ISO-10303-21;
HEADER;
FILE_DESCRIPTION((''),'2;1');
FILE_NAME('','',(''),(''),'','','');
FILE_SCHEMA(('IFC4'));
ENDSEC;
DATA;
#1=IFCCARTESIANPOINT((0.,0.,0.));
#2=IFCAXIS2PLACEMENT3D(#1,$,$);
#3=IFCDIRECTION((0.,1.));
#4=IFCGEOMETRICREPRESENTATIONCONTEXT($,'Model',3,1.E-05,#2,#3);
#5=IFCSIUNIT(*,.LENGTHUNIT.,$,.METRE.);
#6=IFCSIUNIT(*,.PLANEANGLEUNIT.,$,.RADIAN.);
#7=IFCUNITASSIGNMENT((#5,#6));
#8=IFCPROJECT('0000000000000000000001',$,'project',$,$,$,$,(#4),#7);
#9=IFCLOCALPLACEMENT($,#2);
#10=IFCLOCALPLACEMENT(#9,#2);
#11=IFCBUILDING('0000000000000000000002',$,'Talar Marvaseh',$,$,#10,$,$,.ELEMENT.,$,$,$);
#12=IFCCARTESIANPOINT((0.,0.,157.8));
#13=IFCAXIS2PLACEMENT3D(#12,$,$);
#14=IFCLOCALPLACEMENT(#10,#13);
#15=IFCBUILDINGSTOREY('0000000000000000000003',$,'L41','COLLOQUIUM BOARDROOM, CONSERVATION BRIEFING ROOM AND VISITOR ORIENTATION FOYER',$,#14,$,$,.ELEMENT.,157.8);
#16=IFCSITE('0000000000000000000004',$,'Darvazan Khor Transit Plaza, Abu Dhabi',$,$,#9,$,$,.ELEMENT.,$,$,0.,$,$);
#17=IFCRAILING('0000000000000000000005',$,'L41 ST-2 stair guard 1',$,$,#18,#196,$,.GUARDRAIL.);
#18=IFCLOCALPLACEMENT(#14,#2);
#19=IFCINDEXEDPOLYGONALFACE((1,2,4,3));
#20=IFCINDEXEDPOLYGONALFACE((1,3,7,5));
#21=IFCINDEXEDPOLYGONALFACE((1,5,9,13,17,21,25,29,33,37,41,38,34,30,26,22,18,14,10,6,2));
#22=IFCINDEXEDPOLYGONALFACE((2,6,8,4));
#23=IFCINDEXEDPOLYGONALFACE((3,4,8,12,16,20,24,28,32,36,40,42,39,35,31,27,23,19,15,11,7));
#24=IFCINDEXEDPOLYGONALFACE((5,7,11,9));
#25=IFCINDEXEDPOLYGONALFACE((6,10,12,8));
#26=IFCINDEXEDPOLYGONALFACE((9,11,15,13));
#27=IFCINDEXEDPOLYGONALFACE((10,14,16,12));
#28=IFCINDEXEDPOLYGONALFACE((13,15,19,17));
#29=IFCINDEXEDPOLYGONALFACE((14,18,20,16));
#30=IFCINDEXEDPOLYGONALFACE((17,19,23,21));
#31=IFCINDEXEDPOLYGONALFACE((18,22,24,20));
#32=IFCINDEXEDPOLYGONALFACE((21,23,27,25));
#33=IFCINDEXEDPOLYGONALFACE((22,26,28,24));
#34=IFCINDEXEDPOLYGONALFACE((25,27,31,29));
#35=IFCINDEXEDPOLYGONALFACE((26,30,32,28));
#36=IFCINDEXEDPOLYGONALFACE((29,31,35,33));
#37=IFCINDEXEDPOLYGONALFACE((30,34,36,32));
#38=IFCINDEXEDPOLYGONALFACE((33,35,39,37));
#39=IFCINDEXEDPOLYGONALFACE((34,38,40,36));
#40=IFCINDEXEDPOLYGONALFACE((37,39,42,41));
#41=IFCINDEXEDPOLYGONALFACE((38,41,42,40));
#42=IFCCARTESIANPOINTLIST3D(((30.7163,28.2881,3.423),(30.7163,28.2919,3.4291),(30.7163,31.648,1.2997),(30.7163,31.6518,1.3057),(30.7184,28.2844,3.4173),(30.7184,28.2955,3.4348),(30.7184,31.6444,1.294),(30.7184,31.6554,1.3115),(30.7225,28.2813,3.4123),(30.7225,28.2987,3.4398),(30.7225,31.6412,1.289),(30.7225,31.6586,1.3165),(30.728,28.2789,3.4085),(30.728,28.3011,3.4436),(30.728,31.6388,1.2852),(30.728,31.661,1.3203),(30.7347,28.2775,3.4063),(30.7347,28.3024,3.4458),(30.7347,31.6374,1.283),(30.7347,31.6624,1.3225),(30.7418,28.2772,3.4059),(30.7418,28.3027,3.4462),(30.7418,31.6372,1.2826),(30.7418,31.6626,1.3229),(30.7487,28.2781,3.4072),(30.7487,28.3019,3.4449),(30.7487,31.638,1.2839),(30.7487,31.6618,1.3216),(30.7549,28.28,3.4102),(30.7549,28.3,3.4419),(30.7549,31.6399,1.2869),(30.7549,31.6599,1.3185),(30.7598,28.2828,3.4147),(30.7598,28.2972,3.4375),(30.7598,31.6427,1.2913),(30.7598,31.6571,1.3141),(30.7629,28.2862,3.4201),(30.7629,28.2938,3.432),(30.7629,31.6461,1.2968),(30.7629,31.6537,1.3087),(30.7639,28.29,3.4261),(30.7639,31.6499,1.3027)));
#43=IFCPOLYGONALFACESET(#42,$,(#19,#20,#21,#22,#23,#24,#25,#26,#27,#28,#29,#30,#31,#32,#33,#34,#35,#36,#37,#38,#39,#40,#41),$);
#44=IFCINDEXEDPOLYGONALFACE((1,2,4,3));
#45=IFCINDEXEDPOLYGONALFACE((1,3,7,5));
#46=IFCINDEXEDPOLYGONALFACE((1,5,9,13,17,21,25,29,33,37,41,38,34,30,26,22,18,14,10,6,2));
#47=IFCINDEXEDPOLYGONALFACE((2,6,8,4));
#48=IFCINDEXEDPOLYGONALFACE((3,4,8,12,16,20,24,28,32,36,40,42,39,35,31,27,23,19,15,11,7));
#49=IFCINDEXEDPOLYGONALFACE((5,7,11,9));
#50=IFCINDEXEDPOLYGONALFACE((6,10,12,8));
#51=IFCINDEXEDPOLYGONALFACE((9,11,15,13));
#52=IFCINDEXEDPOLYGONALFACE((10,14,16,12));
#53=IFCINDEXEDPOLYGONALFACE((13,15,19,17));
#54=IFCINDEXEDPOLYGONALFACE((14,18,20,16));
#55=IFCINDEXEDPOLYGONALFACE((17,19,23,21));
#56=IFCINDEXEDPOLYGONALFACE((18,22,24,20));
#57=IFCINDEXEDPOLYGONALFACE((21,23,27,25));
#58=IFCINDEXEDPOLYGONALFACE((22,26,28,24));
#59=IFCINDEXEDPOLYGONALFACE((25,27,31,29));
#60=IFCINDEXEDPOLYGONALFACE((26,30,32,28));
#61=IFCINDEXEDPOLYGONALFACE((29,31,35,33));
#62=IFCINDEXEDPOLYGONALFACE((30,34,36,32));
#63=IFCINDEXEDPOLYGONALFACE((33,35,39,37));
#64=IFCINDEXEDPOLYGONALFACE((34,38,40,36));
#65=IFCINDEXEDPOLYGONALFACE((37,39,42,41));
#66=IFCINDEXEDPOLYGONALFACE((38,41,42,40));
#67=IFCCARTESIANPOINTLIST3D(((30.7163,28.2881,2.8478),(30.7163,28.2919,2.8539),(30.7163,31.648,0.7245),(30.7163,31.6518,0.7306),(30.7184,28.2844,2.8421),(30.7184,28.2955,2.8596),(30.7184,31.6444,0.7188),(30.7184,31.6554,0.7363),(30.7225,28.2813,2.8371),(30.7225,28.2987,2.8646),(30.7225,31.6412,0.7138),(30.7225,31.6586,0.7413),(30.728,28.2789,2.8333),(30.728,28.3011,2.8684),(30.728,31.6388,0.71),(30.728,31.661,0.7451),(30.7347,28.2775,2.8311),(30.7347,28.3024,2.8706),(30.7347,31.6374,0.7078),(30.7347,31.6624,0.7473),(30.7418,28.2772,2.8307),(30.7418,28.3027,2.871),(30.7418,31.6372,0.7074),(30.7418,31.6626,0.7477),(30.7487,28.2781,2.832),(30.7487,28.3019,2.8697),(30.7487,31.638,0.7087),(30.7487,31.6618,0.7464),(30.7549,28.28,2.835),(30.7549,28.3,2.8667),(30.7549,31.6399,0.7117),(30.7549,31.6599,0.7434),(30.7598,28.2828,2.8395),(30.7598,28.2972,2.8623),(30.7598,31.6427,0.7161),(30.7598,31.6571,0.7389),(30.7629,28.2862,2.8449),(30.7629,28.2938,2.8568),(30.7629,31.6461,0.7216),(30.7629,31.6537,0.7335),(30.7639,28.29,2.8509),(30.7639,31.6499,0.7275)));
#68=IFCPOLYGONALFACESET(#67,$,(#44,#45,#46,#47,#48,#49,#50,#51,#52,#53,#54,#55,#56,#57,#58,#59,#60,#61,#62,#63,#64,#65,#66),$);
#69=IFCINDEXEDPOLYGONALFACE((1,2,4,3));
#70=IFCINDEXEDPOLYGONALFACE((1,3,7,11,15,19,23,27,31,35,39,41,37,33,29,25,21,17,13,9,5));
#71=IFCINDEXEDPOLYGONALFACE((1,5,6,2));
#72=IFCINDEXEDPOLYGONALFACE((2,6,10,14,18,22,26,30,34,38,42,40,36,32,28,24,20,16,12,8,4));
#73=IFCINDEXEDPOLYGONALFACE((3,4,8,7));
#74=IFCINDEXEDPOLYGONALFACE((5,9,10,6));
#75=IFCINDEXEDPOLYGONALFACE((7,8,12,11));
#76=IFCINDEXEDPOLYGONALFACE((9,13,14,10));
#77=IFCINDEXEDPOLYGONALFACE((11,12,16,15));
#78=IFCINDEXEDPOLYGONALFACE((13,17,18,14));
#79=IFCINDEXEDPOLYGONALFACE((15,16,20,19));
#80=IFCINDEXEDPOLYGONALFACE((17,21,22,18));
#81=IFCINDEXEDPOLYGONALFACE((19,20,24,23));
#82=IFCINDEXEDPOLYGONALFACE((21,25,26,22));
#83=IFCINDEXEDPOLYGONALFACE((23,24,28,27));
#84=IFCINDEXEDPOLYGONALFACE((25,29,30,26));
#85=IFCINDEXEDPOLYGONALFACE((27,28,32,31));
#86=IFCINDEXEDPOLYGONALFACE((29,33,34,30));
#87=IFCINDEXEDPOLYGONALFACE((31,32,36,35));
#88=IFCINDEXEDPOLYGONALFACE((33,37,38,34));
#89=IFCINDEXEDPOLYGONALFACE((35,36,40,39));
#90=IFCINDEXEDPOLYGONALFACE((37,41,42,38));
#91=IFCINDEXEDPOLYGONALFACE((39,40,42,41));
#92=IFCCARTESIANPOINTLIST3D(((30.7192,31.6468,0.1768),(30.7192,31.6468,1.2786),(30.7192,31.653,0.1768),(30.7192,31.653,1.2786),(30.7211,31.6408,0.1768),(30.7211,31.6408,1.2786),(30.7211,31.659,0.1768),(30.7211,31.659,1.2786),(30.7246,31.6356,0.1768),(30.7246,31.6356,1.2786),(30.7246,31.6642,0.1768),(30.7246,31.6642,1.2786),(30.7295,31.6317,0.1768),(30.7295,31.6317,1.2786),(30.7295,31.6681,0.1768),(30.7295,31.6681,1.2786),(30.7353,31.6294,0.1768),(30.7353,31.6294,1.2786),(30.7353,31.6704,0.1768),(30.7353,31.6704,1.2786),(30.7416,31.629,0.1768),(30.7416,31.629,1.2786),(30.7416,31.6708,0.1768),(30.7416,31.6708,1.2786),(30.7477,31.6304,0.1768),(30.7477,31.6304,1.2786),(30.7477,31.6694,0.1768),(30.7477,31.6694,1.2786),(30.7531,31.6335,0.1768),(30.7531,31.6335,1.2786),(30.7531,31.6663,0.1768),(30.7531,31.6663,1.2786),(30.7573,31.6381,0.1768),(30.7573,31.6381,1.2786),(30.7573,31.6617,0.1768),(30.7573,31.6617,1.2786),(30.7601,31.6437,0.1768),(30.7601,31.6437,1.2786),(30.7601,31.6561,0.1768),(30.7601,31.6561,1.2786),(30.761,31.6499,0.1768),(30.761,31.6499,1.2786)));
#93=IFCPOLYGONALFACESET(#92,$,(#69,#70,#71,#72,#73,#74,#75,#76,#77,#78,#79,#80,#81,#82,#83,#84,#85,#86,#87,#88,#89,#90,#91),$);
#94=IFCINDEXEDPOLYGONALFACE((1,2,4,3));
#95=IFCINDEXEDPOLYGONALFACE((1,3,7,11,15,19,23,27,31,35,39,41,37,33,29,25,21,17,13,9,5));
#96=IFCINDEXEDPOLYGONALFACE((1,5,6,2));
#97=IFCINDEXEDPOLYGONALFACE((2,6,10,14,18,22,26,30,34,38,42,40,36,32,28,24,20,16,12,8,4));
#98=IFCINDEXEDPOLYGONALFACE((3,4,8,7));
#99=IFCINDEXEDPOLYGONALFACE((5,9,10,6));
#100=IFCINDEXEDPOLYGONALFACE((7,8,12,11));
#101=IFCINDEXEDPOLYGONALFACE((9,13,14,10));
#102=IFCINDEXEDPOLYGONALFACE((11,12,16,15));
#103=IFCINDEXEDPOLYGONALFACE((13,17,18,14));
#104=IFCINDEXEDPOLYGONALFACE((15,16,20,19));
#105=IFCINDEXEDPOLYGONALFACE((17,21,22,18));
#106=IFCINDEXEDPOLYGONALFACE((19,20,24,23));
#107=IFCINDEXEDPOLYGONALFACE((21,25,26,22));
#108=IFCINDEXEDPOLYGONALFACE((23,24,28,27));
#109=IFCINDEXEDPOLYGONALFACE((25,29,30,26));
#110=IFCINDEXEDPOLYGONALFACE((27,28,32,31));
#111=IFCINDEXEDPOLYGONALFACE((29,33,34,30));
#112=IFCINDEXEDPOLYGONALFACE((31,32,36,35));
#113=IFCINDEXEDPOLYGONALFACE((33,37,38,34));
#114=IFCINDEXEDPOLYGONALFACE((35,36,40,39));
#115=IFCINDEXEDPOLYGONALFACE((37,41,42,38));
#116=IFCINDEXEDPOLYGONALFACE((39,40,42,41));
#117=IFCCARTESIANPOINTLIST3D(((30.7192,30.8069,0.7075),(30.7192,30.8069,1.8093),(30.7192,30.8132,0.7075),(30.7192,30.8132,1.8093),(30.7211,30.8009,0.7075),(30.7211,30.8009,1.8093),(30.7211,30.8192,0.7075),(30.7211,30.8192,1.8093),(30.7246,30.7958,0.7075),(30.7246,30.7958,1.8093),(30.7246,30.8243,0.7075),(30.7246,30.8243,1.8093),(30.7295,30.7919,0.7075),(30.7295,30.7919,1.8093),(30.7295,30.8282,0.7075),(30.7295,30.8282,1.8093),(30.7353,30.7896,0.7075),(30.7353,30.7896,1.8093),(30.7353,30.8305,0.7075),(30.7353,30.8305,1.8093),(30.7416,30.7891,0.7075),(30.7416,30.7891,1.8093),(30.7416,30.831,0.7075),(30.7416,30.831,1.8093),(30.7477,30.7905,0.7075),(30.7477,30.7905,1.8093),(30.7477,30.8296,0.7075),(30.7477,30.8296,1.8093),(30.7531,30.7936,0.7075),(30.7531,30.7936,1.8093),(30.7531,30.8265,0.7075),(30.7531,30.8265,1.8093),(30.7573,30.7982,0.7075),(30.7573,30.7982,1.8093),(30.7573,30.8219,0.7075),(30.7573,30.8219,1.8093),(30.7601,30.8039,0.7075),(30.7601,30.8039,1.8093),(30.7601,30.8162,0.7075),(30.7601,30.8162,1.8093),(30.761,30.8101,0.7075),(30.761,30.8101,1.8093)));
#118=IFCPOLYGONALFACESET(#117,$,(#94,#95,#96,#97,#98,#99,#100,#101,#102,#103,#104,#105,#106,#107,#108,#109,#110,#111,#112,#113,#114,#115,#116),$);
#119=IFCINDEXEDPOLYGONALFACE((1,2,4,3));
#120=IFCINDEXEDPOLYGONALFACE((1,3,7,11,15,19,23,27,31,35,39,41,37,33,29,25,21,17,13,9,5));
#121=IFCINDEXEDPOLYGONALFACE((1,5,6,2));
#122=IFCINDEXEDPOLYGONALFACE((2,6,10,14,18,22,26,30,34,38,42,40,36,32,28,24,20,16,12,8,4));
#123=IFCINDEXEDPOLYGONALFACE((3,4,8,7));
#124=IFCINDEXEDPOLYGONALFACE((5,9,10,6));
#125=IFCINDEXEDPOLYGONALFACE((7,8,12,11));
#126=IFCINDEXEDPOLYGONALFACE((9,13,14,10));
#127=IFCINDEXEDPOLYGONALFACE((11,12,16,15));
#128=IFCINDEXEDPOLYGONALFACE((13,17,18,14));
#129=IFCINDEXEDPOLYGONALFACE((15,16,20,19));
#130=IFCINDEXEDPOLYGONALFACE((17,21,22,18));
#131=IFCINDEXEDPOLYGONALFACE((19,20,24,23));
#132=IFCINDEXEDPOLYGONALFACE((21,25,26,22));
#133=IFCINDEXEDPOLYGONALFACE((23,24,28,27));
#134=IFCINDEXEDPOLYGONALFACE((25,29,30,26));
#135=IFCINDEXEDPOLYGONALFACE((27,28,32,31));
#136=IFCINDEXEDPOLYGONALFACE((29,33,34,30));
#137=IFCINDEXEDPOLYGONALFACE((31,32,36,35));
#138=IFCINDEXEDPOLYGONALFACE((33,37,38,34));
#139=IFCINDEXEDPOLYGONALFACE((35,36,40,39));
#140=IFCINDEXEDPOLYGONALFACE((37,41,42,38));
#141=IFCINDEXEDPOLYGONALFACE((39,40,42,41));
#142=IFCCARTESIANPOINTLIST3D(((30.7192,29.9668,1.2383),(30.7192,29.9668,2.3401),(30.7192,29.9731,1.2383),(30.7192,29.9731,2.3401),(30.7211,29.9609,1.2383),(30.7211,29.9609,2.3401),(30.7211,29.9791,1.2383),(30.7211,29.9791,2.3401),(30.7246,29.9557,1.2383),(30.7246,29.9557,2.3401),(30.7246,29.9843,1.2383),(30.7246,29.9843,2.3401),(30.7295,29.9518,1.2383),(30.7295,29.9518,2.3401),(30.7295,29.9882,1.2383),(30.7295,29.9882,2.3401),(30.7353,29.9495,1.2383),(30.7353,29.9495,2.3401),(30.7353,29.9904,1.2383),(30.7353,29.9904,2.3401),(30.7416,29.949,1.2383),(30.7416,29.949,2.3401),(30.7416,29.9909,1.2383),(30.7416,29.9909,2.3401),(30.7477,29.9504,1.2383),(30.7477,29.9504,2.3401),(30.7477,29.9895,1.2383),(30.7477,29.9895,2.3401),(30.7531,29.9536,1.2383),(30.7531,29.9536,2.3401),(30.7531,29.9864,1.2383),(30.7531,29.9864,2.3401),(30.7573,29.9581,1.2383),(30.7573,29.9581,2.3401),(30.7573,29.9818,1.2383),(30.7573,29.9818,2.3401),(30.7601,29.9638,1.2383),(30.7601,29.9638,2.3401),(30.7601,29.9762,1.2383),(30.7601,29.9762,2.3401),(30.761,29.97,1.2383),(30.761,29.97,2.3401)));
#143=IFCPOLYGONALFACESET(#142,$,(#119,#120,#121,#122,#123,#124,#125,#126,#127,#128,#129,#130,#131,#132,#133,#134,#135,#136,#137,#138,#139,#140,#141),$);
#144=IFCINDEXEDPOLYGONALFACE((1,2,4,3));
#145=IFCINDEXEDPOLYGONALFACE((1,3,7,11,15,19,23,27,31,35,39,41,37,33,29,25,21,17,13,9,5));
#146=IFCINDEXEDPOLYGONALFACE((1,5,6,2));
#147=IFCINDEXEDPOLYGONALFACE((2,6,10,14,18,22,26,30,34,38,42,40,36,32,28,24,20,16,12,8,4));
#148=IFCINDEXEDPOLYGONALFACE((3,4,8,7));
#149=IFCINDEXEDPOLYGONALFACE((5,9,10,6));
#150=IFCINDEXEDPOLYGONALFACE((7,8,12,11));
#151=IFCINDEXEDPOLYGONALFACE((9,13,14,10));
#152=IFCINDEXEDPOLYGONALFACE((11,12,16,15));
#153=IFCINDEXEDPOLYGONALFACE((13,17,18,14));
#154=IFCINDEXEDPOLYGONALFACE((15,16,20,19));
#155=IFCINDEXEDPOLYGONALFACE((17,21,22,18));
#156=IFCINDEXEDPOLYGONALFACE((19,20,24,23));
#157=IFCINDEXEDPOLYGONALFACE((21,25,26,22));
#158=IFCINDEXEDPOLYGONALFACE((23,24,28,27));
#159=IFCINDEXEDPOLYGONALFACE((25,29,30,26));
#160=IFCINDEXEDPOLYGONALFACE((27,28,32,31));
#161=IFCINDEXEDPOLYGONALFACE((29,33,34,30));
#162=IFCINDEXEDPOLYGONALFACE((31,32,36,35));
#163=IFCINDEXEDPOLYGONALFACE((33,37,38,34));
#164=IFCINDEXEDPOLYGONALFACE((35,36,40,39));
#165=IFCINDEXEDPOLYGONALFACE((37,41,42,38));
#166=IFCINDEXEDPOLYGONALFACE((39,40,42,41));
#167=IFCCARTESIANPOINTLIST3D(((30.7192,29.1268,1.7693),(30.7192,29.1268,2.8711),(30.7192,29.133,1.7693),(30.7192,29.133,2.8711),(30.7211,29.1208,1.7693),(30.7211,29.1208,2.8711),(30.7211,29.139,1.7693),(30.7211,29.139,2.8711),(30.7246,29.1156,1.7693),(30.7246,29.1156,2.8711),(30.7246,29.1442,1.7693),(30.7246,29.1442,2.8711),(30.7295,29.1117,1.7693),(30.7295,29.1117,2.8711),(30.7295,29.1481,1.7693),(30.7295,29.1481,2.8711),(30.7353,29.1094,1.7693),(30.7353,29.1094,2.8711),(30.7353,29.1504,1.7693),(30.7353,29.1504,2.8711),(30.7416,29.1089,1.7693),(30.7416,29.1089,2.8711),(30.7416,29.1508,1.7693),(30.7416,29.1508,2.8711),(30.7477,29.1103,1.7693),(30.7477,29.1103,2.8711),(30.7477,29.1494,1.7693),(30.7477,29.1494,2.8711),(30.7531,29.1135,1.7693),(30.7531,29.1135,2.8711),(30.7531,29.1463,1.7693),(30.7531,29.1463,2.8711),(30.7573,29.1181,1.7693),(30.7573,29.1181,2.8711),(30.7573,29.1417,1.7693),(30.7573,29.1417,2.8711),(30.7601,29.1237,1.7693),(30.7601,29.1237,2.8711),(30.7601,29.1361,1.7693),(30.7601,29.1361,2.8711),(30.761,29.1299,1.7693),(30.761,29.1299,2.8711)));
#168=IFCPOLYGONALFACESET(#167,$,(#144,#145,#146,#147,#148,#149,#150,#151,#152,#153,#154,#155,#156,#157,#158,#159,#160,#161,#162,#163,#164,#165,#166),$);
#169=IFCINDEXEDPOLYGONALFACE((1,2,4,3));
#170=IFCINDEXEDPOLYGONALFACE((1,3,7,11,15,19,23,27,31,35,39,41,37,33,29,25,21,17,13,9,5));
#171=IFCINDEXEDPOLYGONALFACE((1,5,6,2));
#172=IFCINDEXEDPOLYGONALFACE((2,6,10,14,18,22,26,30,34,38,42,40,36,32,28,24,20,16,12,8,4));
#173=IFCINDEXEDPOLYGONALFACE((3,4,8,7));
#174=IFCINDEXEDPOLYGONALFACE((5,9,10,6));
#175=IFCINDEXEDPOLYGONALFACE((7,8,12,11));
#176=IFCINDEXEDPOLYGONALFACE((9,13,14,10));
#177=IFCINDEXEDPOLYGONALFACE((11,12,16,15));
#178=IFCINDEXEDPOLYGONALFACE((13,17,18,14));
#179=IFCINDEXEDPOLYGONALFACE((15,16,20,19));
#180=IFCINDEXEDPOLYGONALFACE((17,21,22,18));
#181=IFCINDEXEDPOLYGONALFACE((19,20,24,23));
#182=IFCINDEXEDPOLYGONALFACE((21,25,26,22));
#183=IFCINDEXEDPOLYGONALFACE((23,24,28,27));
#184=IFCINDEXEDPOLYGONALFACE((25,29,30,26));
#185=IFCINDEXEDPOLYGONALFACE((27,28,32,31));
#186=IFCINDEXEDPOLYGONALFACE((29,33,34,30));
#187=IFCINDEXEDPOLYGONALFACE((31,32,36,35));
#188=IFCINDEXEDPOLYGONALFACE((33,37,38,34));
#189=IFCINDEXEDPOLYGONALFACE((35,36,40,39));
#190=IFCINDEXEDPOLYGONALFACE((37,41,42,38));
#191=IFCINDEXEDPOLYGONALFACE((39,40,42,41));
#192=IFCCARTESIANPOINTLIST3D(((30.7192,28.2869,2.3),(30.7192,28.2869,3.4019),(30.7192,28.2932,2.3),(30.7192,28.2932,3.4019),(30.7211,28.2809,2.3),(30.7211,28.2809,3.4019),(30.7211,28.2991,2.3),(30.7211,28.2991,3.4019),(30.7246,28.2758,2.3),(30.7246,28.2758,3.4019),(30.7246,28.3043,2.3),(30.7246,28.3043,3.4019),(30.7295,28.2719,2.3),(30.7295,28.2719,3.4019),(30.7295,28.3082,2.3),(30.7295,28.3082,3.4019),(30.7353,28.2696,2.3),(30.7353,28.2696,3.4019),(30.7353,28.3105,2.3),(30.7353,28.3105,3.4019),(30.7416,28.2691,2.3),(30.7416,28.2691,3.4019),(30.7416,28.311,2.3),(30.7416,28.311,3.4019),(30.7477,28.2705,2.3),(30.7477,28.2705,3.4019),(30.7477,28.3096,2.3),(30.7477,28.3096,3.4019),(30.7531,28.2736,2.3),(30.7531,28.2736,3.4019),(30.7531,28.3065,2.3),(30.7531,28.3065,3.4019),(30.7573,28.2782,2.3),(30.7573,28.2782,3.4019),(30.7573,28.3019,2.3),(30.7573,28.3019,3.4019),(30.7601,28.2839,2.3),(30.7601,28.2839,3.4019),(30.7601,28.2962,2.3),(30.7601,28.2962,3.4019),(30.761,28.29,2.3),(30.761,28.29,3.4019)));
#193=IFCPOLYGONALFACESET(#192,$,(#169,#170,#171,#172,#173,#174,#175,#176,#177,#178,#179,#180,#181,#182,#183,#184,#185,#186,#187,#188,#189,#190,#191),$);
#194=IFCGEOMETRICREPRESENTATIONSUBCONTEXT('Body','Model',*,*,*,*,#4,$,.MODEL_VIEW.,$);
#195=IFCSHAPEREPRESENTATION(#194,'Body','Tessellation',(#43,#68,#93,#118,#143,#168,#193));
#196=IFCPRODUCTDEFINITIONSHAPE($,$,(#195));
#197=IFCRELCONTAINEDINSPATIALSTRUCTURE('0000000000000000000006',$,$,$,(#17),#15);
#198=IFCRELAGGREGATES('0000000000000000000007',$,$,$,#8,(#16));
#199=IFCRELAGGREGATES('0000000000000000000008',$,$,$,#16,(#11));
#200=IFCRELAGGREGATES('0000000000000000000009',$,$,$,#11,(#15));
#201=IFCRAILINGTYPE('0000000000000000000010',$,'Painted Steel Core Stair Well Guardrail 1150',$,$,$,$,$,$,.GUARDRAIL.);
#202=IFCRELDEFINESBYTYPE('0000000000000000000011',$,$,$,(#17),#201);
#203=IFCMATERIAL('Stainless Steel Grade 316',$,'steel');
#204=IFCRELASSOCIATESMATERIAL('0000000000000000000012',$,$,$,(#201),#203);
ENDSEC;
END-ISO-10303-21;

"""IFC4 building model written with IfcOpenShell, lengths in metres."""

from ifc_helpers import new_model, si_unit, direction, frame, origin, origin_2d, place, context, subcontext, project, spatial, circle, extrude, material, type_object, element, save


model = new_model("IFC4")

# Units and contexts
model_context = context("Model", 3, precision=1e-05, world=origin(), true_north=direction((0.0, 1.0)))
body_context = subcontext(model_context, "Body", "Model", "MODEL_VIEW")
ifc_project = project(units=[si_unit("LENGTHUNIT", "METRE"), si_unit("PLANEANGLEUNIT", "RADIAN")], contexts=[model_context])

# Site, building, storey
site_placement = place(None, origin())
site = spatial("IfcSite", under=ifc_project, at=site_placement, Name="Darvazan Khor Transit Plaza, Abu Dhabi", CompositionType="ELEMENT", RefElevation=0.0)
building_placement = place(site_placement, origin())
building = spatial("IfcBuilding", under=site, at=building_placement, Name="Talar Marvaseh", CompositionType="ELEMENT")
storey_placement = place(building_placement, frame((0.0, 0.0, 157.8)))
storey = spatial("IfcBuildingStorey", under=building, at=storey_placement, Name="L41", Description="COLLOQUIUM BOARDROOM, CONSERVATION BRIEFING ROOM AND VISITOR ORIENTATION FOYER", CompositionType="ELEMENT", Elevation=157.8)

# Railing
ifc_material_1 = material(Name="Stainless Steel Grade 316", Category="steel")
railing_type_1 = type_object("IfcRailingType", Name="Painted Steel Core Stair Well Guardrail 1150", PredefinedType="GUARDRAIL", material=ifc_material_1)
railing_1_placement = place(storey_placement, frame((30.74, 31.6499, 0.1768)))
element("IfcRailing", 1, at=railing_1_placement, inside=storey, type_object=railing_type_1, Name="L41 ST-2 stair guard 1", PredefinedType="GUARDRAIL", context=body_context, shape_type="SweptSolid", body=[
    extrude(circle(Radius=0.0239, at=origin_2d()), frame((0.0, 0.0, 1.126), z_axis=(0.0, -0.845344, 0.534222), x_axis=(1.0, 0.0, 0.0)), (0.0, 0.0, 1.0), 3.9746),
    extrude(circle(Radius=0.0239, at=origin_2d()), frame((0.0, 0.0, 0.5508), z_axis=(0.0, -0.845344, 0.534222), x_axis=(1.0, 0.0, 0.0)), (0.0, 0.0, 1.0), 3.9746),
    extrude(circle(Radius=0.021, at=origin_2d()), origin(), (0.0, 0.0, 1.0), 1.1018),
    extrude(circle(Radius=0.021, at=origin_2d()), frame((0.0, -0.8398, 0.5308)), (0.0, 0.0, 1.0), 1.1018),
    extrude(circle(Radius=0.021, at=origin_2d()), frame((0.0, -1.6799, 1.0615)), (0.0, 0.0, 1.0), 1.1018),
    extrude(circle(Radius=0.021, at=origin_2d()), frame((0.0, -2.52, 1.5925)), (0.0, 0.0, 1.0), 1.1018),
    extrude(circle(Radius=0.021, at=origin_2d()), frame((0.0, -3.3599, 2.1233)), (0.0, 0.0, 1.0), 1.1018),
])

save(model, "model.ifc")
